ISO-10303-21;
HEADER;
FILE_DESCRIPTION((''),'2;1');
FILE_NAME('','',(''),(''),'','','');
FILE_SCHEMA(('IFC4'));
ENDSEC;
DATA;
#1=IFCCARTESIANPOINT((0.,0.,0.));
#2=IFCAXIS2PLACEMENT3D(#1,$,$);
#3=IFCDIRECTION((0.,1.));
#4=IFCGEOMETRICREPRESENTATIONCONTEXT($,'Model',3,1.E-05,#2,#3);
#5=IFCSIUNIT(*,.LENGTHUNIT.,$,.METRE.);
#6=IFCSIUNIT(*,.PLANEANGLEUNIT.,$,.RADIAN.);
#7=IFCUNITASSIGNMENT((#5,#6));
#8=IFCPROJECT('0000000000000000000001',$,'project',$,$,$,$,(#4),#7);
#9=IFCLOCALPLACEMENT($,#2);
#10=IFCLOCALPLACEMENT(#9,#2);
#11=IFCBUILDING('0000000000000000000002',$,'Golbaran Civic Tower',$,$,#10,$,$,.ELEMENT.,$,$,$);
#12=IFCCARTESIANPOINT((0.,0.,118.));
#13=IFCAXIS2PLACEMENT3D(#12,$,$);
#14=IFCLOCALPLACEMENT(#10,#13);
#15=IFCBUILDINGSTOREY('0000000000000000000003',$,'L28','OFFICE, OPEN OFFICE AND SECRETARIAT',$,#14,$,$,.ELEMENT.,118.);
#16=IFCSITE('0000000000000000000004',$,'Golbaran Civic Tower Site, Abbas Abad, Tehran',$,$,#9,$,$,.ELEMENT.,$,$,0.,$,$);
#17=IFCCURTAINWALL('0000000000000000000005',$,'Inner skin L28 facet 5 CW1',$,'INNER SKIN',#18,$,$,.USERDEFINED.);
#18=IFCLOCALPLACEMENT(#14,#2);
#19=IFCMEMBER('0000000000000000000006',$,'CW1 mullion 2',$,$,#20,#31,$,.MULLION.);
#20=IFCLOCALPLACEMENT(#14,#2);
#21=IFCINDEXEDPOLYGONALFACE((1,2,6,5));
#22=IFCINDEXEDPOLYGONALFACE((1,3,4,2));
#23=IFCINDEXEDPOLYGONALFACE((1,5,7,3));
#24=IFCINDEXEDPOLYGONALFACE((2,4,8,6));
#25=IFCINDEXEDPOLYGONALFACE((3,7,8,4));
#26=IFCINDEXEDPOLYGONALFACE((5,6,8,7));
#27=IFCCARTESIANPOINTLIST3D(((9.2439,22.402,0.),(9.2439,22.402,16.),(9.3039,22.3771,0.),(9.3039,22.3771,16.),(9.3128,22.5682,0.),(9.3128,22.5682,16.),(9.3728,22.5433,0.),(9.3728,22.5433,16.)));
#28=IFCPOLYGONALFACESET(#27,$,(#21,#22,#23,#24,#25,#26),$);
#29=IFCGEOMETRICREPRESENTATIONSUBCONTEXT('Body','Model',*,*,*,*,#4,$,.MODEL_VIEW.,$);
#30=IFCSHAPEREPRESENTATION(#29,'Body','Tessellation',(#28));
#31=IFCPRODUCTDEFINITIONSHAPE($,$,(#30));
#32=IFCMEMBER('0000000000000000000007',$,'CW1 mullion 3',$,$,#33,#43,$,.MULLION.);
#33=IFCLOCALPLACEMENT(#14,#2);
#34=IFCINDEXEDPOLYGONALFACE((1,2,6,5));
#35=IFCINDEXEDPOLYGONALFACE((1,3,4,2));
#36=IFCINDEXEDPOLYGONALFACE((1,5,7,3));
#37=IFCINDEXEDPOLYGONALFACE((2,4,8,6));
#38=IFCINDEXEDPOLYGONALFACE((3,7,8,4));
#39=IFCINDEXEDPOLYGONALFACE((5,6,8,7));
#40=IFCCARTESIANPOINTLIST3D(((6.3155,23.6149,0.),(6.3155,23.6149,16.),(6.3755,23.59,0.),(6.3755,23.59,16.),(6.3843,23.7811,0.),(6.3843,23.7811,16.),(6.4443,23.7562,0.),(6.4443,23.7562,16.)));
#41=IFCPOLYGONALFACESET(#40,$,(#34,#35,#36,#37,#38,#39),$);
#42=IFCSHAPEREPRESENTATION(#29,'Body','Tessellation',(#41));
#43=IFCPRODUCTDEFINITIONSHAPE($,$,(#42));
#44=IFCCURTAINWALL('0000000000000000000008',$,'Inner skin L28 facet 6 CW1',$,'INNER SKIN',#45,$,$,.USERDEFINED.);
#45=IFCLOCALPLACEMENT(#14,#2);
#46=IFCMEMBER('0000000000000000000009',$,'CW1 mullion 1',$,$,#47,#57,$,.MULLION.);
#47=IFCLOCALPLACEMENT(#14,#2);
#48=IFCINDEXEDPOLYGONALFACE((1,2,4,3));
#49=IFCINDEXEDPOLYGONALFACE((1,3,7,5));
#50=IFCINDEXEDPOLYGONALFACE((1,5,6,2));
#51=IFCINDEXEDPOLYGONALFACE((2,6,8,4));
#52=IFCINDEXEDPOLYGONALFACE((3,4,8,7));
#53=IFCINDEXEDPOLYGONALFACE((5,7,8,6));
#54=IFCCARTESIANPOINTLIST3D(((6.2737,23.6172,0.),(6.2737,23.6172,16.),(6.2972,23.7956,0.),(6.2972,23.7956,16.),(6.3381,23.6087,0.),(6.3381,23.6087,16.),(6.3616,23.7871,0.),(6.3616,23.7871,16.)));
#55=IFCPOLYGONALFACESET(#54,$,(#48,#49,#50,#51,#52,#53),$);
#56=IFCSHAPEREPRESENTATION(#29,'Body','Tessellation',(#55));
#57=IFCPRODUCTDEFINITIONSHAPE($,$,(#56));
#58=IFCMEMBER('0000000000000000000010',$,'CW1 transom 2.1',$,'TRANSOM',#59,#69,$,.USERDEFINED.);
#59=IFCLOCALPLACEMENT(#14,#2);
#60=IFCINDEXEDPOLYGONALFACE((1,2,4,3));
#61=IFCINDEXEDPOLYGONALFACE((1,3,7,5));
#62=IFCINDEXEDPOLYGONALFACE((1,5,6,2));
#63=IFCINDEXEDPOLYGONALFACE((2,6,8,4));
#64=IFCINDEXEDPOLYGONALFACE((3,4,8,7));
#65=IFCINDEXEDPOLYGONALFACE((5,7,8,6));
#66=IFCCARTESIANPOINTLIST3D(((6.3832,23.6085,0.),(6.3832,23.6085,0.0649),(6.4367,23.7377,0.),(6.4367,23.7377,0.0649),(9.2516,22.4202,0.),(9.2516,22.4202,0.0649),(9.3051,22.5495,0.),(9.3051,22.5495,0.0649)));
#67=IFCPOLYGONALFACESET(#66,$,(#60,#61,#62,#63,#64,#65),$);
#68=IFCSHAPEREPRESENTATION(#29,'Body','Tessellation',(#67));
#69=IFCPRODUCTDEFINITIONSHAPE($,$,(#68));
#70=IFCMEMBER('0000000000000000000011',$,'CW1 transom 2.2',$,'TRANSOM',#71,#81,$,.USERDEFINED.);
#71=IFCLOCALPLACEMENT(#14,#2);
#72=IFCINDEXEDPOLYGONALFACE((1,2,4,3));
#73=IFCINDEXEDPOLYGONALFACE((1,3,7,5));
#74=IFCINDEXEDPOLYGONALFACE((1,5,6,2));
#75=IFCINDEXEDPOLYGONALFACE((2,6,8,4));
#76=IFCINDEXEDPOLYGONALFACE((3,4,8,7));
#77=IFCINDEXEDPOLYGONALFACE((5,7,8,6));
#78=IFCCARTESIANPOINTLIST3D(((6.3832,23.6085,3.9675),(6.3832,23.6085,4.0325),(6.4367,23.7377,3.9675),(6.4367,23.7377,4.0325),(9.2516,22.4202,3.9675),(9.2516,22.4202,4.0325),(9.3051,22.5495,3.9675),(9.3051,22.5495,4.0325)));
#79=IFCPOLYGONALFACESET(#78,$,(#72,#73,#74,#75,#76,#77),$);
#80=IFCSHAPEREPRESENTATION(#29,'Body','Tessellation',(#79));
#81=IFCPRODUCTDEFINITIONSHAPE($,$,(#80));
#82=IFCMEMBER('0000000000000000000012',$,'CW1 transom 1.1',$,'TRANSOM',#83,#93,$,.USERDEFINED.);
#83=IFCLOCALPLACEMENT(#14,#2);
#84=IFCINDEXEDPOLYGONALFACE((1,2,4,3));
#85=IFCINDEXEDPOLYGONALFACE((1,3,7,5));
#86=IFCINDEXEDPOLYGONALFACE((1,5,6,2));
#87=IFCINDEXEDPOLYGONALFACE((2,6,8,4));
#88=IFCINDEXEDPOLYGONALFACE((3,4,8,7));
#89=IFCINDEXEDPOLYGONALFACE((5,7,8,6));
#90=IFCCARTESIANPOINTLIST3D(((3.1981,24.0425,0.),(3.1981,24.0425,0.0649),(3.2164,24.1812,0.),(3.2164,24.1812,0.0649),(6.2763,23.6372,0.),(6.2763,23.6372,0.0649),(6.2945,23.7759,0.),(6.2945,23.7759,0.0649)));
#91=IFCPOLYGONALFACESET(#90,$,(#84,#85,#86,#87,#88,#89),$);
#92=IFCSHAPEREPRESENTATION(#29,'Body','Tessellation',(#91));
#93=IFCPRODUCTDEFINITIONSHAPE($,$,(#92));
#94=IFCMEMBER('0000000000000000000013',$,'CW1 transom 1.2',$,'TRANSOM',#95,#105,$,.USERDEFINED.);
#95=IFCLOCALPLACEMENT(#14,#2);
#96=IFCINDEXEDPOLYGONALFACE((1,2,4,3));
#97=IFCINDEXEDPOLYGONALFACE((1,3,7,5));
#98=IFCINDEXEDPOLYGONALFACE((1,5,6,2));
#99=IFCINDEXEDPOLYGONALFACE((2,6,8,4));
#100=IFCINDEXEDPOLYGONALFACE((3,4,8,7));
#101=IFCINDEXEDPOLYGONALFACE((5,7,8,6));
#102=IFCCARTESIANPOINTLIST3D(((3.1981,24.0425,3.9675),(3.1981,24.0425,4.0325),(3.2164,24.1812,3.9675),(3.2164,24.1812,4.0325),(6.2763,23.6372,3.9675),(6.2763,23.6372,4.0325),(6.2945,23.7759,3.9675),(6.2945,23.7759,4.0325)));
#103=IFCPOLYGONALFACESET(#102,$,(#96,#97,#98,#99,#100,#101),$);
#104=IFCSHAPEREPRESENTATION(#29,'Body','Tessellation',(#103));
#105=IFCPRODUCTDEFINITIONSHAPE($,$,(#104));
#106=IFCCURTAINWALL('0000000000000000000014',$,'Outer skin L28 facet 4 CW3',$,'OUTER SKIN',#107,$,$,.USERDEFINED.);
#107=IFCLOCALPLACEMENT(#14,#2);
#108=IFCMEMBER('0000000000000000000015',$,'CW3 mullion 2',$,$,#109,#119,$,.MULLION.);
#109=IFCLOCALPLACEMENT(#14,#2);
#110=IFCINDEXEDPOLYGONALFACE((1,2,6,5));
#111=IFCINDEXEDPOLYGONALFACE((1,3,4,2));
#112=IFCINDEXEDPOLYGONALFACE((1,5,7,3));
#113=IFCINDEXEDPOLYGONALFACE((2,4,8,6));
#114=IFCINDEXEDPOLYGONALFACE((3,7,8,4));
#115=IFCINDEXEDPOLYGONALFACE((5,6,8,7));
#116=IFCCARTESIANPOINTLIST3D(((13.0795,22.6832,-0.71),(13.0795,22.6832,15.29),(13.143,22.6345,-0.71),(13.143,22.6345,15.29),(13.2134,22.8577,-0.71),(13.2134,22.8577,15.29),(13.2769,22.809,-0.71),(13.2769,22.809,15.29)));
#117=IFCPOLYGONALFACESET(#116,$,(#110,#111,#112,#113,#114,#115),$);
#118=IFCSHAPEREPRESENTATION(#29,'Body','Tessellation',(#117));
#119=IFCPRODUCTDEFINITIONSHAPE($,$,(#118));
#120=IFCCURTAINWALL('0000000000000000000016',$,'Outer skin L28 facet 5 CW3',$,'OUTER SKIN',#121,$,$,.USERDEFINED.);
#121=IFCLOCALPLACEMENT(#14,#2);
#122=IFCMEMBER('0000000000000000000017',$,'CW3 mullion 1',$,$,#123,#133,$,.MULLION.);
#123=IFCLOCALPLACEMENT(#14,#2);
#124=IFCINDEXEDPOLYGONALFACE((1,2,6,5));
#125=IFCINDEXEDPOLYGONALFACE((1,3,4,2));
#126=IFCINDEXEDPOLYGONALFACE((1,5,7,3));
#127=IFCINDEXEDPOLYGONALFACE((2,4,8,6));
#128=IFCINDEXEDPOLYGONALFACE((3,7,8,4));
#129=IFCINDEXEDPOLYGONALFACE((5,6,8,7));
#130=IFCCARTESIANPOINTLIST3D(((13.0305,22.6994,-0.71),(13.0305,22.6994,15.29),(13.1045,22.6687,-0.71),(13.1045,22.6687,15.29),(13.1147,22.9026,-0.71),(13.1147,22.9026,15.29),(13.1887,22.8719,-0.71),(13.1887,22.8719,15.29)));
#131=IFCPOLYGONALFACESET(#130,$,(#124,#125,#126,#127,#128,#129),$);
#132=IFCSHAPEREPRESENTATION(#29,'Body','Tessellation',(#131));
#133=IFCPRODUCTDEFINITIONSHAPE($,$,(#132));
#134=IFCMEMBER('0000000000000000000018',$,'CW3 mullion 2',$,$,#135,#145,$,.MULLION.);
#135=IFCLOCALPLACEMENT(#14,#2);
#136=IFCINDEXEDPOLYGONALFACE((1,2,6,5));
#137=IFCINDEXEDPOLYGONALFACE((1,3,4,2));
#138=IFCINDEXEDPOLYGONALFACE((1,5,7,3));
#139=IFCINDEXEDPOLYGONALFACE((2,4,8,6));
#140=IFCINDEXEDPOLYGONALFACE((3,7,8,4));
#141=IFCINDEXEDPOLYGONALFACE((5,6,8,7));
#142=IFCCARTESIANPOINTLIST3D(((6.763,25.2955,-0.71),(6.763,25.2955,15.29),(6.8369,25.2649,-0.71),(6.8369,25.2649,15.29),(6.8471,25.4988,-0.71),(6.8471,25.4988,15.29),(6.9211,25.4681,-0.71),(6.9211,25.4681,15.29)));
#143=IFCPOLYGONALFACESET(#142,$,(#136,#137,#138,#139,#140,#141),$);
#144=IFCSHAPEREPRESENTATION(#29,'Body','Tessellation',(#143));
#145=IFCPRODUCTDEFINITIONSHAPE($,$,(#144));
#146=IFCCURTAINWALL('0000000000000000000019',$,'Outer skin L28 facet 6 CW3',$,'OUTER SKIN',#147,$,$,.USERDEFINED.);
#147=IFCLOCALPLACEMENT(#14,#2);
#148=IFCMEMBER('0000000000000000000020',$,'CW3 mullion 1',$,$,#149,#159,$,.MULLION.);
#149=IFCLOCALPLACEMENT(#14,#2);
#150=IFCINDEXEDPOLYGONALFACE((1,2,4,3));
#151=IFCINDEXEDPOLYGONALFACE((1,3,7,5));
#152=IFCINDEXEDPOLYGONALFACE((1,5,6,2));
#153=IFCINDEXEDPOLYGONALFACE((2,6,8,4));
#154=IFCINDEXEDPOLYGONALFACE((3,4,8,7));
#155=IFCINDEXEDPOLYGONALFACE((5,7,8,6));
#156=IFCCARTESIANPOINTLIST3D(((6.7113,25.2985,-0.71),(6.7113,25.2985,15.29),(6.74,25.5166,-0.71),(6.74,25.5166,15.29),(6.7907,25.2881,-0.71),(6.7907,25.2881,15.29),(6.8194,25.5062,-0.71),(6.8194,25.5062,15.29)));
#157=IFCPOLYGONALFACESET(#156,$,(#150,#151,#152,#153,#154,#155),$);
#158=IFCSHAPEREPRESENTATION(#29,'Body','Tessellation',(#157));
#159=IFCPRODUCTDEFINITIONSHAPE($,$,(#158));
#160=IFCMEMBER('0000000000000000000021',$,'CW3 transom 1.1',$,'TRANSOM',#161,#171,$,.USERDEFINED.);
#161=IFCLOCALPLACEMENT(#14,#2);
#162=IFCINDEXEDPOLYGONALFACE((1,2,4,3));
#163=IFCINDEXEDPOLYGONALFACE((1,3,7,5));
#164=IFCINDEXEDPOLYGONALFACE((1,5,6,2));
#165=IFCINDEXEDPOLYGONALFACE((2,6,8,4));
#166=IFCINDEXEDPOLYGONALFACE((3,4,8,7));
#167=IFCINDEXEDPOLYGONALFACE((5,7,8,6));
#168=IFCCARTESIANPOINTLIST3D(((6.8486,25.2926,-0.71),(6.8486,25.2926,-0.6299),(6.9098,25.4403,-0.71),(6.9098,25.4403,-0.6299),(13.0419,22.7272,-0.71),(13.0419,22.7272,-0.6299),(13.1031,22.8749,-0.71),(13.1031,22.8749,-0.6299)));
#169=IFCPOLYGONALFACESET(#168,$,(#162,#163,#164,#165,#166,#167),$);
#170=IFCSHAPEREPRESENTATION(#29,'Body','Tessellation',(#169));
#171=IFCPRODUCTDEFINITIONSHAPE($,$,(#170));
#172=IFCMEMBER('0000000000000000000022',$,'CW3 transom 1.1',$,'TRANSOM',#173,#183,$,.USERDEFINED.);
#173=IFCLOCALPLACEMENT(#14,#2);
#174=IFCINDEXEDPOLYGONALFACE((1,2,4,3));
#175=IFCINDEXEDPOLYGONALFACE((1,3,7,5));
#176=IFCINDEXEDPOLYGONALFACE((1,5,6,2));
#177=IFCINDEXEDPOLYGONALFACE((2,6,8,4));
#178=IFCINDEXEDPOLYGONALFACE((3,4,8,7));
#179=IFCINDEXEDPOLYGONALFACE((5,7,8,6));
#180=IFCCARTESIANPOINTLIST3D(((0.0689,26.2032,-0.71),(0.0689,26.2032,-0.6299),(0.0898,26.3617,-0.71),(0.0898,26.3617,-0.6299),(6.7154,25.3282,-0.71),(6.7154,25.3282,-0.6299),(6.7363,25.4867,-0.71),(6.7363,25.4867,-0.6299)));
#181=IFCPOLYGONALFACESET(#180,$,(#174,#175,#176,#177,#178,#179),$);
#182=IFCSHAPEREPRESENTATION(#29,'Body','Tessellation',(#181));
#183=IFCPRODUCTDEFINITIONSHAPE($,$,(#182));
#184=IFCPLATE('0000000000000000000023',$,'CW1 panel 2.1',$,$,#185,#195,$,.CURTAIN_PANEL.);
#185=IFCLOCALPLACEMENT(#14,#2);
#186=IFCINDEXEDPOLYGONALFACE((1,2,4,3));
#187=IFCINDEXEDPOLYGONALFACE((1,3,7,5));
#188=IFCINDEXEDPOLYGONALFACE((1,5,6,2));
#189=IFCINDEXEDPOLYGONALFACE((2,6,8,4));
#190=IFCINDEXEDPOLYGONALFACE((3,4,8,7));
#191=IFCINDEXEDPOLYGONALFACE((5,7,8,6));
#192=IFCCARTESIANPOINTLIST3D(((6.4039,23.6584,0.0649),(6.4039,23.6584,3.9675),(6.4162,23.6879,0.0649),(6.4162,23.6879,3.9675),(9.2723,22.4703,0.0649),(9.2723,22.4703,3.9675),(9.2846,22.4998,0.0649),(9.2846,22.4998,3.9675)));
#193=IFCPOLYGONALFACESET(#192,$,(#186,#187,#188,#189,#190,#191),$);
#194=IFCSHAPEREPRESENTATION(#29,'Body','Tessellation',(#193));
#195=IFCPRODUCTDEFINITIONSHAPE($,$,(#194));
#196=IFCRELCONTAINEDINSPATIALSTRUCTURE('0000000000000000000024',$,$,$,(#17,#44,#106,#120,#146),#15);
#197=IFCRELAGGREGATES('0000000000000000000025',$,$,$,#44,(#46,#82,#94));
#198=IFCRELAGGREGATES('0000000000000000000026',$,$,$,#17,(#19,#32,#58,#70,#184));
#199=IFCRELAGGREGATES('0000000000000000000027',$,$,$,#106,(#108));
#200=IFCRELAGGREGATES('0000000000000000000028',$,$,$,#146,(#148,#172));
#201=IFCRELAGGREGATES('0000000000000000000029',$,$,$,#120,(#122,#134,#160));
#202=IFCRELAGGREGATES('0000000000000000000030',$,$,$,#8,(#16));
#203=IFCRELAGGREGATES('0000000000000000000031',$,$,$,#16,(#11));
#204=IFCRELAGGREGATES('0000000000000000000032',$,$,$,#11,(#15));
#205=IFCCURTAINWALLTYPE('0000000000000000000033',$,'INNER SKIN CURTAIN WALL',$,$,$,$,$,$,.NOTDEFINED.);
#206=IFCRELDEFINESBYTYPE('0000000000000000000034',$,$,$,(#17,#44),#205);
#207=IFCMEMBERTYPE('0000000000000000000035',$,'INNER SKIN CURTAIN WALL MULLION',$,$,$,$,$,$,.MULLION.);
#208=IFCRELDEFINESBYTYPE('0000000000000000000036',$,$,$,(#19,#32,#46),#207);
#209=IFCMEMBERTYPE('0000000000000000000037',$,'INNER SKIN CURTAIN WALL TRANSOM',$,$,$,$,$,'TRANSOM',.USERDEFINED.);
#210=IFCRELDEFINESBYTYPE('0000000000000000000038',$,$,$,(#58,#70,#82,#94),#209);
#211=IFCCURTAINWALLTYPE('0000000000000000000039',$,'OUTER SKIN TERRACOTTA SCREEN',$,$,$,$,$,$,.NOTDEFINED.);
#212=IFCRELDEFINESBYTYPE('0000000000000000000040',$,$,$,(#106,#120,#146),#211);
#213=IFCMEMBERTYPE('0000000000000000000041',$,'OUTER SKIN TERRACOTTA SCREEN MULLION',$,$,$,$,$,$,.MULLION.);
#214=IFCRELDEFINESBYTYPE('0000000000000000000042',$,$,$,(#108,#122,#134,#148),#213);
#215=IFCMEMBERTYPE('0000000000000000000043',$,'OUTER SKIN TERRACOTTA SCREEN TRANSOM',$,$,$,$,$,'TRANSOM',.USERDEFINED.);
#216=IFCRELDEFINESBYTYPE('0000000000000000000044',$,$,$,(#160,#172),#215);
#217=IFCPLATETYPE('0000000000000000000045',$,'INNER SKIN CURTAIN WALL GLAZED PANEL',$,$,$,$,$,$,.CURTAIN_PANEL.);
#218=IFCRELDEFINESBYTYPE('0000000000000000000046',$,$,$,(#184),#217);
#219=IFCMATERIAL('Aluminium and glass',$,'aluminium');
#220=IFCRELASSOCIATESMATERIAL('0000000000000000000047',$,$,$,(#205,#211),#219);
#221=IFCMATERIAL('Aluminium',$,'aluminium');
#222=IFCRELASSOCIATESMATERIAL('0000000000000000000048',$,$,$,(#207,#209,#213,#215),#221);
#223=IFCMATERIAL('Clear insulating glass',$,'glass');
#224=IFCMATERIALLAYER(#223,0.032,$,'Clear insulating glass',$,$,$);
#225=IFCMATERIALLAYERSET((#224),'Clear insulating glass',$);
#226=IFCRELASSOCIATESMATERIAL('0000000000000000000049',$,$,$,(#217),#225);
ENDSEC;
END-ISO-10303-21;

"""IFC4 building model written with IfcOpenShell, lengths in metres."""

from ifc_helpers import new_model, si_unit, direction, frame, origin, origin_2d, place, context, subcontext, project, spatial, rectangle, extrude, material, layer, layer_set, material_profile, profile_set, type_object, element, aggregate, save


model = new_model("IFC4")

# Units and contexts
model_context = context("Model", 3, precision=1e-05, world=origin(), true_north=direction((0.0, 1.0)))
body_context = subcontext(model_context, "Body", "Model", "MODEL_VIEW")
ifc_project = project(units=[si_unit("LENGTHUNIT", "METRE"), si_unit("PLANEANGLEUNIT", "RADIAN")], contexts=[model_context])

# Site, building, storey
site_placement = place(None, origin())
site = spatial("IfcSite", under=ifc_project, at=site_placement, Name="Golbaran Civic Tower Site, Abbas Abad, Tehran", CompositionType="ELEMENT", RefElevation=0.0)
building_placement = place(site_placement, origin())
building = spatial("IfcBuilding", under=site, at=building_placement, Name="Golbaran Civic Tower", CompositionType="ELEMENT")
storey_placement = place(building_placement, frame((0.0, 0.0, 118.0)))
storey = spatial("IfcBuildingStorey", under=building, at=storey_placement, Name="L28", Description="OFFICE, OPEN OFFICE AND SECRETARIAT", CompositionType="ELEMENT", Elevation=118.0)

# Curtain wall, members
ifc_material_1 = material(Name="Aluminium and glass", Category="aluminium")
curtain_wall_type_1 = type_object("IfcCurtainWallType", Name="INNER SKIN CURTAIN WALL", PredefinedType="NOTDEFINED", material=ifc_material_1)
curtain_wall_1_placement = place(storey_placement, origin())
curtain_wall_1 = element("IfcCurtainWall", 1, at=curtain_wall_1_placement, inside=storey, type_object=curtain_wall_type_1, Name="Inner skin L28 facet 5 CW1", ObjectType="INNER SKIN", PredefinedType="USERDEFINED")
ifc_material_2 = material(Name="Aluminium", Category="aluminium")
ifc_material_profile_1 = material_profile(ifc_material_2, rectangle(XDim=0.1799, YDim=0.0649, at=origin_2d()), Name="INNER SKIN CURTAIN WALL MULLION")
ifc_profile_set_1 = profile_set([ifc_material_profile_1], Name="Aluminium")
member_type_1 = type_object("IfcMemberType", Name="INNER SKIN CURTAIN WALL MULLION", PredefinedType="MULLION", material=ifc_profile_set_1)
member_1_placement = place(storey_placement, frame((9.3083, 22.4727, 0.0), z_axis=(0.0, 0.0, 1.0), x_axis=(-0.382683, -0.92388, 0.0)))
member_1 = element("IfcMember", 2, at=member_1_placement, type_object=member_type_1, Name="CW1 mullion 2", PredefinedType="MULLION", context=body_context, shape_type="SweptSolid", body=[
    extrude(rectangle(XDim=0.1799, YDim=0.0649, at=origin_2d()), origin(), (0.0, 0.0, 1.0), 16.0),
])
member_2_placement = place(storey_placement, frame((6.3799, 23.6855, 0.0), z_axis=(0.0, 0.0, 1.0), x_axis=(-0.382683, -0.92388, 0.0)))
member_2 = element("IfcMember", 3, at=member_2_placement, type_object=member_type_1, Name="CW1 mullion 3", PredefinedType="MULLION", context=body_context, shape_type="SweptSolid", body=[
    extrude(rectangle(XDim=0.1799, YDim=0.0649, at=origin_2d()), origin(), (0.0, 0.0, 1.0), 16.0),
])

# Curtain wall, member
curtain_wall_2_placement = place(storey_placement, origin())
curtain_wall_2 = element("IfcCurtainWall", 4, at=curtain_wall_2_placement, inside=storey, type_object=curtain_wall_type_1, Name="Inner skin L28 facet 6 CW1", ObjectType="INNER SKIN", PredefinedType="USERDEFINED")
member_3_placement = place(storey_placement, frame((6.3176, 23.7021, 0.0), z_axis=(0.0, 0.0, 1.0), x_axis=(-0.130526, -0.991445, 0.0)))
member_3 = element("IfcMember", 5, at=member_3_placement, type_object=member_type_1, Name="CW1 mullion 1", PredefinedType="MULLION", context=body_context, shape_type="SweptSolid", body=[
    extrude(rectangle(XDim=0.1799, YDim=0.0649, at=origin_2d()), origin(), (0.0, 0.0, 1.0), 16.0),
])

# Members
ifc_material_profile_2 = material_profile(ifc_material_2, rectangle(XDim=0.1399, YDim=0.0649, at=origin_2d()), Name="INNER SKIN CURTAIN WALL TRANSOM")
ifc_profile_set_2 = profile_set([ifc_material_profile_2], Name="Aluminium")
member_type_2 = type_object("IfcMemberType", Name="INNER SKIN CURTAIN WALL TRANSOM", ElementType="TRANSOM", PredefinedType="USERDEFINED", material=ifc_profile_set_2)
member_4_placement = place(storey_placement, frame((9.2783, 22.4849, 0.0325), z_axis=(-0.923868, 0.382711, 0.0), x_axis=(-0.382711, -0.923868, 0.0)))
member_4 = element("IfcMember", 6, at=member_4_placement, type_object=member_type_2, Name="CW1 transom 2.1", ObjectType="TRANSOM", PredefinedType="USERDEFINED", context=body_context, shape_type="SweptSolid", body=[
    extrude(rectangle(XDim=0.1399, YDim=0.0649, at=origin_2d()), origin(), (0.0, 0.0, 1.0), 3.1047),
])
member_5_placement = place(storey_placement, frame((9.2783, 22.4849, 4.0), z_axis=(-0.923868, 0.382711, 0.0), x_axis=(-0.382711, -0.923868, 0.0)))
member_5 = element("IfcMember", 7, at=member_5_placement, type_object=member_type_2, Name="CW1 transom 2.2", ObjectType="TRANSOM", PredefinedType="USERDEFINED", context=body_context, shape_type="SweptSolid", body=[
    extrude(rectangle(XDim=0.1399, YDim=0.0649, at=origin_2d()), origin(), (0.0, 0.0, 1.0), 3.1047),
])
member_6_placement = place(storey_placement, frame((6.2854, 23.7065, 0.0325), z_axis=(-0.991444, 0.130536, 0.0), x_axis=(-0.130536, -0.991444, 0.0)))
member_6 = element("IfcMember", 8, at=member_6_placement, type_object=member_type_2, Name="CW1 transom 1.1", ObjectType="TRANSOM", PredefinedType="USERDEFINED", context=body_context, shape_type="SweptSolid", body=[
    extrude(rectangle(XDim=0.1399, YDim=0.0649, at=origin_2d()), origin(), (0.0, 0.0, 1.0), 3.1047),
])
member_7_placement = place(storey_placement, frame((6.2854, 23.7065, 4.0), z_axis=(-0.991444, 0.130536, 0.0), x_axis=(-0.130536, -0.991444, 0.0)))
member_7 = element("IfcMember", 9, at=member_7_placement, type_object=member_type_2, Name="CW1 transom 1.2", ObjectType="TRANSOM", PredefinedType="USERDEFINED", context=body_context, shape_type="SweptSolid", body=[
    extrude(rectangle(XDim=0.1399, YDim=0.0649, at=origin_2d()), origin(), (0.0, 0.0, 1.0), 3.1047),
])
aggregate(curtain_wall_2, [member_3, member_6, member_7])

# Curtain wall, member
curtain_wall_type_2 = type_object("IfcCurtainWallType", Name="OUTER SKIN TERRACOTTA SCREEN", PredefinedType="NOTDEFINED", material=ifc_material_1)
curtain_wall_3_placement = place(storey_placement, origin())
curtain_wall_3 = element("IfcCurtainWall", 10, at=curtain_wall_3_placement, inside=storey, type_object=curtain_wall_type_2, Name="Outer skin L28 facet 4 CW3", ObjectType="OUTER SKIN", PredefinedType="USERDEFINED")
ifc_material_profile_3 = material_profile(ifc_material_2, rectangle(XDim=0.22, YDim=0.0801, at=origin_2d()), Name="OUTER SKIN TERRACOTTA SCREEN MULLION")
ifc_profile_set_3 = profile_set([ifc_material_profile_3], Name="Aluminium")
member_type_3 = type_object("IfcMemberType", Name="OUTER SKIN TERRACOTTA SCREEN MULLION", PredefinedType="MULLION", material=ifc_profile_set_3)
member_8_placement = place(storey_placement, frame((13.1782, 22.7461, -0.71), z_axis=(0.0, 0.0, 1.0), x_axis=(-0.608761, -0.793353, 0.0)))
member_8 = element("IfcMember", 11, at=member_8_placement, type_object=member_type_3, Name="CW3 mullion 2", PredefinedType="MULLION", context=body_context, shape_type="SweptSolid", body=[
    extrude(rectangle(XDim=0.22, YDim=0.0801, at=origin_2d()), origin(), (0.0, 0.0, 1.0), 16.0),
])

# Curtain wall, members
curtain_wall_4_placement = place(storey_placement, origin())
curtain_wall_4 = element("IfcCurtainWall", 12, at=curtain_wall_4_placement, inside=storey, type_object=curtain_wall_type_2, Name="Outer skin L28 facet 5 CW3", ObjectType="OUTER SKIN", PredefinedType="USERDEFINED")
member_9_placement = place(storey_placement, frame((13.1096, 22.7856, -0.71), z_axis=(0.0, 0.0, 1.0), x_axis=(-0.382683, -0.92388, 0.0)))
member_9 = element("IfcMember", 13, at=member_9_placement, type_object=member_type_3, Name="CW3 mullion 1", PredefinedType="MULLION", context=body_context, shape_type="SweptSolid", body=[
    extrude(rectangle(XDim=0.22, YDim=0.0801, at=origin_2d()), origin(), (0.0, 0.0, 1.0), 16.0),
])
member_10_placement = place(storey_placement, frame((6.842, 25.3818, -0.71), z_axis=(0.0, 0.0, 1.0), x_axis=(-0.382683, -0.92388, 0.0)))
member_10 = element("IfcMember", 14, at=member_10_placement, type_object=member_type_3, Name="CW3 mullion 2", PredefinedType="MULLION", context=body_context, shape_type="SweptSolid", body=[
    extrude(rectangle(XDim=0.22, YDim=0.0801, at=origin_2d()), origin(), (0.0, 0.0, 1.0), 16.0),
])

# Curtain wall, member
curtain_wall_5_placement = place(storey_placement, origin())
curtain_wall_5 = element("IfcCurtainWall", 15, at=curtain_wall_5_placement, inside=storey, type_object=curtain_wall_type_2, Name="Outer skin L28 facet 6 CW3", ObjectType="OUTER SKIN", PredefinedType="USERDEFINED")
member_11_placement = place(storey_placement, frame((6.7654, 25.4023, -0.71), z_axis=(0.0, 0.0, 1.0), x_axis=(-0.130526, -0.991445, 0.0)))
member_11 = element("IfcMember", 16, at=member_11_placement, type_object=member_type_3, Name="CW3 mullion 1", PredefinedType="MULLION", context=body_context, shape_type="SweptSolid", body=[
    extrude(rectangle(XDim=0.22, YDim=0.0801, at=origin_2d()), origin(), (0.0, 0.0, 1.0), 16.0),
])

# Members
ifc_material_profile_4 = material_profile(ifc_material_2, rectangle(XDim=0.1599, YDim=0.0801, at=origin_2d()), Name="OUTER SKIN TERRACOTTA SCREEN TRANSOM")
ifc_profile_set_4 = profile_set([ifc_material_profile_4], Name="Aluminium")
member_type_4 = type_object("IfcMemberType", Name="OUTER SKIN TERRACOTTA SCREEN TRANSOM", ElementType="TRANSOM", PredefinedType="USERDEFINED", material=ifc_profile_set_4)
member_12_placement = place(storey_placement, frame((13.0725, 22.801, -0.6699), z_axis=(-0.923877, 0.382691, 0.0), x_axis=(-0.382691, -0.923877, 0.0)))
member_12 = element("IfcMember", 17, at=member_12_placement, type_object=member_type_4, Name="CW3 transom 1.1", ObjectType="TRANSOM", PredefinedType="USERDEFINED", context=body_context, shape_type="SweptSolid", body=[
    extrude(rectangle(XDim=0.1599, YDim=0.0801, at=origin_2d()), origin(), (0.0, 0.0, 1.0), 6.7036),
])
member_13_placement = place(storey_placement, frame((6.7258, 25.4075, -0.6699), z_axis=(-0.991445, 0.130522, 0.0), x_axis=(-0.130522, -0.991445, 0.0)))
member_13 = element("IfcMember", 18, at=member_13_placement, type_object=member_type_4, Name="CW3 transom 1.1", ObjectType="TRANSOM", PredefinedType="USERDEFINED", context=body_context, shape_type="SweptSolid", body=[
    extrude(rectangle(XDim=0.1599, YDim=0.0801, at=origin_2d()), origin(), (0.0, 0.0, 1.0), 6.7039),
])

# Plate
ifc_material_3 = material(Name="Clear insulating glass", Category="glass")
ifc_layer_1 = layer(ifc_material_3, 0.032, Name="Clear insulating glass")
ifc_layer_set_1 = layer_set([ifc_layer_1], Name="Clear insulating glass")
plate_type_1 = type_object("IfcPlateType", Name="INNER SKIN CURTAIN WALL GLAZED PANEL", PredefinedType="CURTAIN_PANEL", material=ifc_layer_set_1)
plate_1_placement = place(storey_placement, frame((7.8442, 23.0791, 0.0649), z_axis=(0.0, 0.0, 1.0), x_axis=(-0.92388, 0.382683, 0.0)))
plate_1 = element("IfcPlate", 19, at=plate_1_placement, type_object=plate_type_1, Name="CW1 panel 2.1", PredefinedType="CURTAIN_PANEL", context=body_context, shape_type="SweptSolid", body=[
    extrude(rectangle(XDim=3.1047, YDim=0.032, at=origin_2d()), origin(), (0.0, 0.0, 1.0), 3.9026),
])
aggregate(curtain_wall_1, [member_1, member_2, member_4, member_5, plate_1])
aggregate(curtain_wall_3, [member_8])
aggregate(curtain_wall_5, [member_11, member_13])
aggregate(curtain_wall_4, [member_9, member_10, member_12])

save(model, "model.ifc")
